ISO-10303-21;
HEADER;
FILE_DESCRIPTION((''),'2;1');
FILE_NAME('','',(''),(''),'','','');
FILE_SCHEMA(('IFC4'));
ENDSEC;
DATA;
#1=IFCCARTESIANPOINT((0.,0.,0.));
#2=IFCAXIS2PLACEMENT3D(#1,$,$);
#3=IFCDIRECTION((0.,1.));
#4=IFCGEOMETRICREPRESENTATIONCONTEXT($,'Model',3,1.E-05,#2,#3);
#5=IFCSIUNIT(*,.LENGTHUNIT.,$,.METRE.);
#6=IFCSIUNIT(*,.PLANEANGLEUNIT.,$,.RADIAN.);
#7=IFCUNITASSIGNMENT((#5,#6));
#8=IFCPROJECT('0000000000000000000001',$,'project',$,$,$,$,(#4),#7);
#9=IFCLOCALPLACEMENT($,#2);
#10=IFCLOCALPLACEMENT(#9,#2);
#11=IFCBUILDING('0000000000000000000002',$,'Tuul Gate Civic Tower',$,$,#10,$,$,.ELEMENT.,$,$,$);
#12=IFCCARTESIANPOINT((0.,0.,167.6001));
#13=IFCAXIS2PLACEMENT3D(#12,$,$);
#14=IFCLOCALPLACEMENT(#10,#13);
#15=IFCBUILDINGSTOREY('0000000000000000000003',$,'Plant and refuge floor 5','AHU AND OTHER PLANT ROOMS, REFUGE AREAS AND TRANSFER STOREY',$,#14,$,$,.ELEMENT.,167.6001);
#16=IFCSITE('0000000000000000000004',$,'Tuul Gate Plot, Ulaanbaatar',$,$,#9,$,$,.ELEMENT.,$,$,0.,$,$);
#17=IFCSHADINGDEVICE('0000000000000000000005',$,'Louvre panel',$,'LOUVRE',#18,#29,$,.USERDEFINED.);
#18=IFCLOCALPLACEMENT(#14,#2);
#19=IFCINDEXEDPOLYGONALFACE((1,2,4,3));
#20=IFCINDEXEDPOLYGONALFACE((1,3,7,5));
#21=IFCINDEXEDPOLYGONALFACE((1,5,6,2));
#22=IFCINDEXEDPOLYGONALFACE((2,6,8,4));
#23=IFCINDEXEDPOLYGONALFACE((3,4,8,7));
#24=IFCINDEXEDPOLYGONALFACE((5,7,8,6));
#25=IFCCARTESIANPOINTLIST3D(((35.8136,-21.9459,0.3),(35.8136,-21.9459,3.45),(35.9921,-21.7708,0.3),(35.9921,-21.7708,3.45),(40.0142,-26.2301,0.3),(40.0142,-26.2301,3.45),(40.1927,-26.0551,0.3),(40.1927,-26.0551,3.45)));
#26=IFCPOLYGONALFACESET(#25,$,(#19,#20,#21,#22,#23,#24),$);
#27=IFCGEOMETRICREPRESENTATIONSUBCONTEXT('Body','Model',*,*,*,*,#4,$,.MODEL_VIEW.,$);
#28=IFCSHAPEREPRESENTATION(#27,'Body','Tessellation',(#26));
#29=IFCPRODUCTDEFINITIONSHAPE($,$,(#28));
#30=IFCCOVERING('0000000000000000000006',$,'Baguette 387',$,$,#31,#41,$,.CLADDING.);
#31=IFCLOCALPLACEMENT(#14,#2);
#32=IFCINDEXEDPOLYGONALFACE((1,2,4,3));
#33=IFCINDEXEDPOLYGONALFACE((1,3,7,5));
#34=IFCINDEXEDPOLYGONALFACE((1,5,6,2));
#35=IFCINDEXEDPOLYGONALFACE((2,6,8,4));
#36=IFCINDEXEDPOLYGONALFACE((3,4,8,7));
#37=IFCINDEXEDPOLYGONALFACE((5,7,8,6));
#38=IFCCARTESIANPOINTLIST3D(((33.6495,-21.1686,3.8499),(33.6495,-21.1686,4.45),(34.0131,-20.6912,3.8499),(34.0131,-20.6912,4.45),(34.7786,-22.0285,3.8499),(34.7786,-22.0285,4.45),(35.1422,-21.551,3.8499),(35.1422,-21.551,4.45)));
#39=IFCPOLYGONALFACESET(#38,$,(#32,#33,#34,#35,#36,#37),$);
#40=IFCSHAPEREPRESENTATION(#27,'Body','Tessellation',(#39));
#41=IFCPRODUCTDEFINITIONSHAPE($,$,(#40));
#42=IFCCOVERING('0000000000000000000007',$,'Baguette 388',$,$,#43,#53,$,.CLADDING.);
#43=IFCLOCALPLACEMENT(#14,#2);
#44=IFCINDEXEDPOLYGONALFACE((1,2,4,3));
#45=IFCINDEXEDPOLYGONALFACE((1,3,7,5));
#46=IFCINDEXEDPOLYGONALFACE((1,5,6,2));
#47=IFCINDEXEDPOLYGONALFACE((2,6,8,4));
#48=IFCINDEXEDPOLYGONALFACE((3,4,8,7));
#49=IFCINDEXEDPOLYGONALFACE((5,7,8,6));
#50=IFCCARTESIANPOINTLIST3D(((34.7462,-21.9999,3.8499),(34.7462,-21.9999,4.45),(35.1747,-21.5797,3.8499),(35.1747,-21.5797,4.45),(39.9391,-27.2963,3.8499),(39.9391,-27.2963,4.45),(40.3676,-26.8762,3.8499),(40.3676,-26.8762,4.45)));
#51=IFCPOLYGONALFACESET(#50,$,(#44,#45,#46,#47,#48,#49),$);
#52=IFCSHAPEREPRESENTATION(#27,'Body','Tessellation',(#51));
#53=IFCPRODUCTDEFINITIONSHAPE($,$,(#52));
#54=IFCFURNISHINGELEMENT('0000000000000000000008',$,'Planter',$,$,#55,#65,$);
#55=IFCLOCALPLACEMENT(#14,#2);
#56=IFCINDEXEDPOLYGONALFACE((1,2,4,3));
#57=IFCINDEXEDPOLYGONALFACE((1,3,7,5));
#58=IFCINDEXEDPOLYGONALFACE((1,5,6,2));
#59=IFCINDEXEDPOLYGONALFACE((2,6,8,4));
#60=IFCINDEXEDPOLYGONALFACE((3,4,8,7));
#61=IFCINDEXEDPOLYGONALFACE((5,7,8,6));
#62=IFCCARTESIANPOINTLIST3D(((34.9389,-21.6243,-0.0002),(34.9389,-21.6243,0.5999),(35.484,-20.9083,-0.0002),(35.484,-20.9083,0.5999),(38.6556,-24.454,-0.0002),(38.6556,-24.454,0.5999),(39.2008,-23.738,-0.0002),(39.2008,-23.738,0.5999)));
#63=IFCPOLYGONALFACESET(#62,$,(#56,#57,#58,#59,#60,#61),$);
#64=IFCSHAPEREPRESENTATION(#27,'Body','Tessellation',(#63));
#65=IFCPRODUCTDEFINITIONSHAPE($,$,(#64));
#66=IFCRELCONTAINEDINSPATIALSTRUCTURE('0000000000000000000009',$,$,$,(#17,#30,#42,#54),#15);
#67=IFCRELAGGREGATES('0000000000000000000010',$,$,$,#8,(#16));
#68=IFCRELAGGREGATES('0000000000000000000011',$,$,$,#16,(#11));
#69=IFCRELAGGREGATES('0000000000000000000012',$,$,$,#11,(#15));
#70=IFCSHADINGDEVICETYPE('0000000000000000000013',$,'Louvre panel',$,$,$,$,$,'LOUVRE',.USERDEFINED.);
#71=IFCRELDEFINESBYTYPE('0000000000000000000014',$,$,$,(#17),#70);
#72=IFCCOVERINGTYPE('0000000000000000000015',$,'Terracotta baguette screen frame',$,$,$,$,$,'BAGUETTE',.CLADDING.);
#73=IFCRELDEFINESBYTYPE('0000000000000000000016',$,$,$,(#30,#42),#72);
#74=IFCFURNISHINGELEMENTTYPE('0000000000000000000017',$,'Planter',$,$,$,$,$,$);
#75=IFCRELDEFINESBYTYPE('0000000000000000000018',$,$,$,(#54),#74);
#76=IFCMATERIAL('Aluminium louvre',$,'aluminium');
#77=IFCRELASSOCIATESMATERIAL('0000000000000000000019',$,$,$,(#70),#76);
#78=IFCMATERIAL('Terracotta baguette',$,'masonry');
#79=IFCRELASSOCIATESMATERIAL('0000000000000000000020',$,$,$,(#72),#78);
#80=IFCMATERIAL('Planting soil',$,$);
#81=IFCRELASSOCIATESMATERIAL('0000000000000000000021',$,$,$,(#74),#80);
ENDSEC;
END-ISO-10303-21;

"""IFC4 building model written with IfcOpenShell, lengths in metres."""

from ifc_helpers import new_model, si_unit, direction, frame, origin, origin_2d, place, context, subcontext, project, spatial, rectangle, extrude, material, material_profile, profile_set, type_object, element, save


model = new_model("IFC4")

# Units and contexts
model_context = context("Model", 3, precision=1e-05, world=origin(), true_north=direction((0.0, 1.0)))
body_context = subcontext(model_context, "Body", "Model", "MODEL_VIEW")
ifc_project = project(units=[si_unit("LENGTHUNIT", "METRE"), si_unit("PLANEANGLEUNIT", "RADIAN")], contexts=[model_context])

# Site, building, storey
site_placement = place(None, origin())
site = spatial("IfcSite", under=ifc_project, at=site_placement, Name="Tuul Gate Plot, Ulaanbaatar", CompositionType="ELEMENT", RefElevation=0.0)
building_placement = place(site_placement, origin())
building = spatial("IfcBuilding", under=site, at=building_placement, Name="Tuul Gate Civic Tower", CompositionType="ELEMENT")
storey_placement = place(building_placement, frame((0.0, 0.0, 167.6001)))
storey = spatial("IfcBuildingStorey", under=building, at=storey_placement, Name="Plant and refuge floor 5", Description="AHU AND OTHER PLANT ROOMS, REFUGE AREAS AND TRANSFER STOREY", CompositionType="ELEMENT", Elevation=167.6001)

# Shading device
ifc_material_1 = material(Name="Aluminium louvre", Category="aluminium")
shading_device_type = type_object("IfcShadingDeviceType", Name="Louvre panel", ElementType="LOUVRE", PredefinedType="USERDEFINED", material=ifc_material_1)
shading_device_1_placement = place(storey_placement, frame((38.0032, -24.0005, 0.3), z_axis=(0.0, 0.0, 1.0), x_axis=(-0.714048, -0.700097, 0.0)))
element("IfcShadingDevice", 1, at=shading_device_1_placement, inside=storey, type_object=shading_device_type, Name="Louvre panel", ObjectType="LOUVRE", PredefinedType="USERDEFINED", context=body_context, shape_type="SweptSolid", body=[
    extrude(rectangle(XDim=0.25, YDim=6.0, at=origin_2d()), origin(), (0.0, 0.0, 1.0), 3.1499),
])

# Coverings
ifc_material_2 = material(Name="Terracotta baguette", Category="masonry")
ifc_material_profile_1 = material_profile(ifc_material_2, rectangle(XDim=0.6001, YDim=0.6001, at=origin_2d()), Name="Terracotta baguette screen frame")
ifc_profile_set_1 = profile_set([ifc_material_profile_1], Name="Terracotta baguette")
covering_type = type_object("IfcCoveringType", Name="Terracotta baguette screen frame", ElementType="BAGUETTE", PredefinedType="CLADDING", material=ifc_profile_set_1)
covering_1_placement = place(storey_placement, frame((33.8313, -20.9299, 4.1499), z_axis=(0.795582, -0.605846, 0.0), x_axis=(0.605846, 0.795582, 0.0)))
element("IfcCovering", 2, at=covering_1_placement, inside=storey, type_object=covering_type, Name="Baguette 387", PredefinedType="CLADDING", context=body_context, shape_type="SweptSolid", body=[
    extrude(rectangle(XDim=0.6001, YDim=0.6001, at=origin_2d()), origin(), (0.0, 0.0, 1.0), 1.4192),
])
covering_2_placement = place(storey_placement, frame((34.9604, -21.7898, 4.1499), z_axis=(0.700094, -0.71405, 0.0), x_axis=(0.71405, 0.700094, 0.0)))
element("IfcCovering", 3, at=covering_2_placement, inside=storey, type_object=covering_type, Name="Baguette 388", PredefinedType="CLADDING", context=body_context, shape_type="SweptSolid", body=[
    extrude(rectangle(XDim=0.6001, YDim=0.6001, at=origin_2d()), origin(), (0.0, 0.0, 1.0), 7.4175),
])

# Furnishing element
ifc_material_3 = material(Name="Planting soil")
furnishing_element_type = type_object("IfcFurnishingElementType", Name="Planter", material=ifc_material_3)
furnishing_placement = place(storey_placement, frame((37.0698, -22.6812, -0.0002), z_axis=(0.0, 0.0, 1.0), x_axis=(0.795646, -0.605762, 0.0)))
element("IfcFurnishingElement", 4, at=furnishing_placement, inside=storey, type_object=furnishing_element_type, Name="Planter", context=body_context, shape_type="SweptSolid", body=[
    extrude(rectangle(XDim=4.6714, YDim=0.8999, at=origin_2d()), origin(), (0.0, 0.0, 1.0), 0.6001),
])

save(model, "model.ifc")
